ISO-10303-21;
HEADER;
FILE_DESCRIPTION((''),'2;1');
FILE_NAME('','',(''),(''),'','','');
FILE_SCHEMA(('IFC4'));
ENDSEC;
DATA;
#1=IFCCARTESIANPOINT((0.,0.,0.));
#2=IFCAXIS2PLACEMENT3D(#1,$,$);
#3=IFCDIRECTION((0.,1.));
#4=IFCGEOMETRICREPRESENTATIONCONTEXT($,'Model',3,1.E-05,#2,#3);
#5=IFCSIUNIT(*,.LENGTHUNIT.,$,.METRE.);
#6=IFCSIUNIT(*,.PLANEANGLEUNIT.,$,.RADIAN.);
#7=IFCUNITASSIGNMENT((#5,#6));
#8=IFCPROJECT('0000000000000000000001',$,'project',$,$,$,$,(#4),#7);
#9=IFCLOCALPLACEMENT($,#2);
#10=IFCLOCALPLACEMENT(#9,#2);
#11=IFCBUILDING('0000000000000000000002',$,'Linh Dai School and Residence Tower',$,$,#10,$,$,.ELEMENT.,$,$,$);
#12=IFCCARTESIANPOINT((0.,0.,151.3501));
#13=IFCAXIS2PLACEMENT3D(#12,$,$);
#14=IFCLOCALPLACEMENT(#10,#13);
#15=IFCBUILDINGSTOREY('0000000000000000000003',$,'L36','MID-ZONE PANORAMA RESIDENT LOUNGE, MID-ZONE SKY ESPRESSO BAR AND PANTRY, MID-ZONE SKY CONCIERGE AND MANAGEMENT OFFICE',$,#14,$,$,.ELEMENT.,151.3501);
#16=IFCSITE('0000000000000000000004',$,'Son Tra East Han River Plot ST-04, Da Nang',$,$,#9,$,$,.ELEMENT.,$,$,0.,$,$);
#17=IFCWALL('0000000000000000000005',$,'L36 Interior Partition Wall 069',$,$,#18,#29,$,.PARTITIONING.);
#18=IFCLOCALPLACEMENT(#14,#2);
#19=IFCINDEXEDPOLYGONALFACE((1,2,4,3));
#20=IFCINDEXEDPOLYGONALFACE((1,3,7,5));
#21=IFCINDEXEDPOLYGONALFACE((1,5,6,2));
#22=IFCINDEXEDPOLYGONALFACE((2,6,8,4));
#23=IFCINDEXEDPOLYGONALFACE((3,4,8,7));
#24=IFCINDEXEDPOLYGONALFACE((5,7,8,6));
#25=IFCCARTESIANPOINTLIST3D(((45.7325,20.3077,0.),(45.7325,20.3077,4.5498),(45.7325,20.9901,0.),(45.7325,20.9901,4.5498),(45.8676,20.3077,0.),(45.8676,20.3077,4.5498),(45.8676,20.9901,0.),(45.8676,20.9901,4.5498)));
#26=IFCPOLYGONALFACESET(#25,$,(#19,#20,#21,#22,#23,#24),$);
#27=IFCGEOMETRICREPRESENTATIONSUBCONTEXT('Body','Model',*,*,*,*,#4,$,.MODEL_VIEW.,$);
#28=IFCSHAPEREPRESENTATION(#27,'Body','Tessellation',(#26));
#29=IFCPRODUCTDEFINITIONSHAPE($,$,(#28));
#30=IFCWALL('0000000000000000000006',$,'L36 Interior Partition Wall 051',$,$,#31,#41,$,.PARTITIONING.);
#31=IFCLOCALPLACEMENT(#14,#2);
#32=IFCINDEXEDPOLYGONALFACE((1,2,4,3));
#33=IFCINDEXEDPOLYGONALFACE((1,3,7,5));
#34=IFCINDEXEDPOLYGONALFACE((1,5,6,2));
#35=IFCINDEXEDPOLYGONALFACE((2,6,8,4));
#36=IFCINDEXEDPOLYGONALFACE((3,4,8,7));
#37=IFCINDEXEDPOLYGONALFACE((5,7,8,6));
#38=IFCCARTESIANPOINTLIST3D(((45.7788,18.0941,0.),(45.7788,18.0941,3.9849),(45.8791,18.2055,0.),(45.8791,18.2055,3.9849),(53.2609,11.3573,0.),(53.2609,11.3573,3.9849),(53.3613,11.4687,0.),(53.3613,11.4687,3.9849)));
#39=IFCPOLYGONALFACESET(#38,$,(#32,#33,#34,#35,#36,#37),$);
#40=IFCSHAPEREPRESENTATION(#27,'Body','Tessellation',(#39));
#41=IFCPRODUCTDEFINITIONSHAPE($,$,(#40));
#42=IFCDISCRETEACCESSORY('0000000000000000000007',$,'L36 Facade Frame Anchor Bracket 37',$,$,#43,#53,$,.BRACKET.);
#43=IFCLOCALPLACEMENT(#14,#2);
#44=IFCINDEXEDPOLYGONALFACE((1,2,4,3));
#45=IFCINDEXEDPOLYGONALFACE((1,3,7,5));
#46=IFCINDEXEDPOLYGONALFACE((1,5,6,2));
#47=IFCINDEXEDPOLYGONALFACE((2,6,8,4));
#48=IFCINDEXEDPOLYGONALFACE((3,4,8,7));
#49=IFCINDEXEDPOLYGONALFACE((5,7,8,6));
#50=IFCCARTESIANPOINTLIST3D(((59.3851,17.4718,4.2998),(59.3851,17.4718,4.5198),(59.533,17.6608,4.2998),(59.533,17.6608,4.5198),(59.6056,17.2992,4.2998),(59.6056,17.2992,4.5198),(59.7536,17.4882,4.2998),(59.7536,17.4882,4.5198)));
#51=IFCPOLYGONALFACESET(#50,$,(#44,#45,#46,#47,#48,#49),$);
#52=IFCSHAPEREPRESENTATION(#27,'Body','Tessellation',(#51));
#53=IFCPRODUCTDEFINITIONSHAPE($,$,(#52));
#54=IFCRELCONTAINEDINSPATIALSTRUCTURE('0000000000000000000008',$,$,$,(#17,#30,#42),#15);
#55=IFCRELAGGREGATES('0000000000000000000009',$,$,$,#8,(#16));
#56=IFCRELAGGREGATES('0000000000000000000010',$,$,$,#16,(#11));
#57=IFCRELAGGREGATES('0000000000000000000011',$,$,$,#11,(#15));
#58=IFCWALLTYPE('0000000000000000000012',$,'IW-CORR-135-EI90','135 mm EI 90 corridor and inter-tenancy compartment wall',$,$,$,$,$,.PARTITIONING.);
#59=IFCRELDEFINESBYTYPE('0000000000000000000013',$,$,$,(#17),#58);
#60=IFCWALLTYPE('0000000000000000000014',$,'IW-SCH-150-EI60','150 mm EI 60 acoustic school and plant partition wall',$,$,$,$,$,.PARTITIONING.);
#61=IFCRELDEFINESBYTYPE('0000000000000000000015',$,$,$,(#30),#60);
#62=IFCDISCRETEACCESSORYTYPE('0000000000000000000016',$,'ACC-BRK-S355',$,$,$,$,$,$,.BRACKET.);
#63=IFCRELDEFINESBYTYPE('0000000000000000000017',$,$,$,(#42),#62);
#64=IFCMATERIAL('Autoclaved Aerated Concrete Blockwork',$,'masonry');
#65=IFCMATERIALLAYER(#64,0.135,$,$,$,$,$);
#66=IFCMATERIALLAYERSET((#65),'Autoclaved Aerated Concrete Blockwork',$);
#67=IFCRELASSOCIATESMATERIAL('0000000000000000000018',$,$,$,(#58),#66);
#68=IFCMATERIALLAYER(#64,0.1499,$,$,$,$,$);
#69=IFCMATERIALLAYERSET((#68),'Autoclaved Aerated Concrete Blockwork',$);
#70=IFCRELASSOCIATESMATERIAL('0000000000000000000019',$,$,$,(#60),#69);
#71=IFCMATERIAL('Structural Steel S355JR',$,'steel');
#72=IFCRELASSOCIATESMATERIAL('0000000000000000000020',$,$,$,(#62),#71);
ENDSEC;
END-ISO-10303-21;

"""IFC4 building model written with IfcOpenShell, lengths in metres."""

from ifc_helpers import new_model, si_unit, direction, frame, frame_2d, origin, origin_2d, place, context, subcontext, project, spatial, rectangle, extrude, source, transform, mapped, material, layer, layer_set, type_object, element, save


model = new_model("IFC4")

# Units and contexts
model_context = context("Model", 3, precision=1e-05, world=origin(), true_north=direction((0.0, 1.0)))
body_context = subcontext(model_context, "Body", "Model", "MODEL_VIEW")
ifc_project = project(units=[si_unit("LENGTHUNIT", "METRE"), si_unit("PLANEANGLEUNIT", "RADIAN")], contexts=[model_context])

# Site, building, storey
site_placement = place(None, origin())
site = spatial("IfcSite", under=ifc_project, at=site_placement, Name="Son Tra East Han River Plot ST-04, Da Nang", CompositionType="ELEMENT", RefElevation=0.0)
building_placement = place(site_placement, origin())
building = spatial("IfcBuilding", under=site, at=building_placement, Name="Linh Dai School and Residence Tower", CompositionType="ELEMENT")
storey_placement = place(building_placement, frame((0.0, 0.0, 151.3501)))
storey = spatial("IfcBuildingStorey", under=building, at=storey_placement, Name="L36", Description="MID-ZONE PANORAMA RESIDENT LOUNGE, MID-ZONE SKY ESPRESSO BAR AND PANTRY, MID-ZONE SKY CONCIERGE AND MANAGEMENT OFFICE", CompositionType="ELEMENT", Elevation=151.3501)

# Shared definitions
ifc_material_1 = material(Name="Structural Steel S355JR", Category="steel")

# Walls
ifc_material_2 = material(Name="Autoclaved Aerated Concrete Blockwork", Category="masonry")
ifc_layer_1 = layer(ifc_material_2, 0.135)
ifc_layer_set_1 = layer_set([ifc_layer_1], Name="Autoclaved Aerated Concrete Blockwork")
wall_type_1 = type_object("IfcWallType", Name="IW-CORR-135-EI90", Description="135 mm EI 90 corridor and inter-tenancy compartment wall", PredefinedType="PARTITIONING", material=ifc_layer_set_1)
wall_1_placement = place(storey_placement, frame((45.8, 20.3076, 0.0), z_axis=(0.0, 0.0, 1.0), x_axis=(0.0, 1.0, 0.0)))
element("IfcWall", 1, at=wall_1_placement, inside=storey, type_object=wall_type_1, Name="L36 Interior Partition Wall 069", PredefinedType="PARTITIONING", context=body_context, shape_type="SweptSolid", body=[
    extrude(rectangle(XDim=0.6824, YDim=0.135, at=frame_2d((0.3413, 0.0))), origin(), (0.0, 0.0, 1.0), 4.5498),
])
ifc_layer_2 = layer(ifc_material_2, 0.1499)
ifc_layer_set_2 = layer_set([ifc_layer_2], Name="Autoclaved Aerated Concrete Blockwork")
wall_type_2 = type_object("IfcWallType", Name="IW-SCH-150-EI60", Description="150 mm EI 60 acoustic school and plant partition wall", PredefinedType="PARTITIONING", material=ifc_layer_set_2)
wall_2_placement = place(storey_placement, frame((45.8289, 18.1499, 0.0), z_axis=(0.0, 0.0, 1.0), x_axis=(0.743153, -0.669121, 0.0)))
element("IfcWall", 2, at=wall_2_placement, inside=storey, type_object=wall_type_2, Name="L36 Interior Partition Wall 051", PredefinedType="PARTITIONING", context=body_context, shape_type="SweptSolid", body=[
    extrude(rectangle(XDim=10.0681, YDim=0.1499, at=frame_2d((5.0342, 0.0))), origin(), (0.0, 0.0, 1.0), 3.9849),
])

# Discrete accessory
discrete_accessory_type = type_object("IfcDiscreteAccessoryType", Name="ACC-BRK-S355", PredefinedType="BRACKET", material=ifc_material_1)
shared_shape_1 = source(origin(), body_context, "Body", "SweptSolid", [
    extrude(rectangle(XDim=0.28, YDim=0.24, at=origin_2d()), origin(), (0.0, 0.0, 1.0), 0.22),
])
discrete_accessory_placement = place(storey_placement, frame((59.5693, 17.48, 4.2998), z_axis=(0.0, 0.0, 1.0), x_axis=(0.787522, -0.616286, 0.0)))
element("IfcDiscreteAccessory", 3, at=discrete_accessory_placement, inside=storey, type_object=discrete_accessory_type, Name="L36 Facade Frame Anchor Bracket 37", PredefinedType="BRACKET", context=body_context, shape_type="MappedRepresentation", body=[
    mapped(shared_shape_1, transform((0.0, 0.0, 0.0), x_axis=(1.0, 0.0, 0.0), y_axis=(0.0, 1.0, 0.0), z_axis=(0.0, 0.0, 1.0), scale=1.0)),
])

save(model, "model.ifc")
